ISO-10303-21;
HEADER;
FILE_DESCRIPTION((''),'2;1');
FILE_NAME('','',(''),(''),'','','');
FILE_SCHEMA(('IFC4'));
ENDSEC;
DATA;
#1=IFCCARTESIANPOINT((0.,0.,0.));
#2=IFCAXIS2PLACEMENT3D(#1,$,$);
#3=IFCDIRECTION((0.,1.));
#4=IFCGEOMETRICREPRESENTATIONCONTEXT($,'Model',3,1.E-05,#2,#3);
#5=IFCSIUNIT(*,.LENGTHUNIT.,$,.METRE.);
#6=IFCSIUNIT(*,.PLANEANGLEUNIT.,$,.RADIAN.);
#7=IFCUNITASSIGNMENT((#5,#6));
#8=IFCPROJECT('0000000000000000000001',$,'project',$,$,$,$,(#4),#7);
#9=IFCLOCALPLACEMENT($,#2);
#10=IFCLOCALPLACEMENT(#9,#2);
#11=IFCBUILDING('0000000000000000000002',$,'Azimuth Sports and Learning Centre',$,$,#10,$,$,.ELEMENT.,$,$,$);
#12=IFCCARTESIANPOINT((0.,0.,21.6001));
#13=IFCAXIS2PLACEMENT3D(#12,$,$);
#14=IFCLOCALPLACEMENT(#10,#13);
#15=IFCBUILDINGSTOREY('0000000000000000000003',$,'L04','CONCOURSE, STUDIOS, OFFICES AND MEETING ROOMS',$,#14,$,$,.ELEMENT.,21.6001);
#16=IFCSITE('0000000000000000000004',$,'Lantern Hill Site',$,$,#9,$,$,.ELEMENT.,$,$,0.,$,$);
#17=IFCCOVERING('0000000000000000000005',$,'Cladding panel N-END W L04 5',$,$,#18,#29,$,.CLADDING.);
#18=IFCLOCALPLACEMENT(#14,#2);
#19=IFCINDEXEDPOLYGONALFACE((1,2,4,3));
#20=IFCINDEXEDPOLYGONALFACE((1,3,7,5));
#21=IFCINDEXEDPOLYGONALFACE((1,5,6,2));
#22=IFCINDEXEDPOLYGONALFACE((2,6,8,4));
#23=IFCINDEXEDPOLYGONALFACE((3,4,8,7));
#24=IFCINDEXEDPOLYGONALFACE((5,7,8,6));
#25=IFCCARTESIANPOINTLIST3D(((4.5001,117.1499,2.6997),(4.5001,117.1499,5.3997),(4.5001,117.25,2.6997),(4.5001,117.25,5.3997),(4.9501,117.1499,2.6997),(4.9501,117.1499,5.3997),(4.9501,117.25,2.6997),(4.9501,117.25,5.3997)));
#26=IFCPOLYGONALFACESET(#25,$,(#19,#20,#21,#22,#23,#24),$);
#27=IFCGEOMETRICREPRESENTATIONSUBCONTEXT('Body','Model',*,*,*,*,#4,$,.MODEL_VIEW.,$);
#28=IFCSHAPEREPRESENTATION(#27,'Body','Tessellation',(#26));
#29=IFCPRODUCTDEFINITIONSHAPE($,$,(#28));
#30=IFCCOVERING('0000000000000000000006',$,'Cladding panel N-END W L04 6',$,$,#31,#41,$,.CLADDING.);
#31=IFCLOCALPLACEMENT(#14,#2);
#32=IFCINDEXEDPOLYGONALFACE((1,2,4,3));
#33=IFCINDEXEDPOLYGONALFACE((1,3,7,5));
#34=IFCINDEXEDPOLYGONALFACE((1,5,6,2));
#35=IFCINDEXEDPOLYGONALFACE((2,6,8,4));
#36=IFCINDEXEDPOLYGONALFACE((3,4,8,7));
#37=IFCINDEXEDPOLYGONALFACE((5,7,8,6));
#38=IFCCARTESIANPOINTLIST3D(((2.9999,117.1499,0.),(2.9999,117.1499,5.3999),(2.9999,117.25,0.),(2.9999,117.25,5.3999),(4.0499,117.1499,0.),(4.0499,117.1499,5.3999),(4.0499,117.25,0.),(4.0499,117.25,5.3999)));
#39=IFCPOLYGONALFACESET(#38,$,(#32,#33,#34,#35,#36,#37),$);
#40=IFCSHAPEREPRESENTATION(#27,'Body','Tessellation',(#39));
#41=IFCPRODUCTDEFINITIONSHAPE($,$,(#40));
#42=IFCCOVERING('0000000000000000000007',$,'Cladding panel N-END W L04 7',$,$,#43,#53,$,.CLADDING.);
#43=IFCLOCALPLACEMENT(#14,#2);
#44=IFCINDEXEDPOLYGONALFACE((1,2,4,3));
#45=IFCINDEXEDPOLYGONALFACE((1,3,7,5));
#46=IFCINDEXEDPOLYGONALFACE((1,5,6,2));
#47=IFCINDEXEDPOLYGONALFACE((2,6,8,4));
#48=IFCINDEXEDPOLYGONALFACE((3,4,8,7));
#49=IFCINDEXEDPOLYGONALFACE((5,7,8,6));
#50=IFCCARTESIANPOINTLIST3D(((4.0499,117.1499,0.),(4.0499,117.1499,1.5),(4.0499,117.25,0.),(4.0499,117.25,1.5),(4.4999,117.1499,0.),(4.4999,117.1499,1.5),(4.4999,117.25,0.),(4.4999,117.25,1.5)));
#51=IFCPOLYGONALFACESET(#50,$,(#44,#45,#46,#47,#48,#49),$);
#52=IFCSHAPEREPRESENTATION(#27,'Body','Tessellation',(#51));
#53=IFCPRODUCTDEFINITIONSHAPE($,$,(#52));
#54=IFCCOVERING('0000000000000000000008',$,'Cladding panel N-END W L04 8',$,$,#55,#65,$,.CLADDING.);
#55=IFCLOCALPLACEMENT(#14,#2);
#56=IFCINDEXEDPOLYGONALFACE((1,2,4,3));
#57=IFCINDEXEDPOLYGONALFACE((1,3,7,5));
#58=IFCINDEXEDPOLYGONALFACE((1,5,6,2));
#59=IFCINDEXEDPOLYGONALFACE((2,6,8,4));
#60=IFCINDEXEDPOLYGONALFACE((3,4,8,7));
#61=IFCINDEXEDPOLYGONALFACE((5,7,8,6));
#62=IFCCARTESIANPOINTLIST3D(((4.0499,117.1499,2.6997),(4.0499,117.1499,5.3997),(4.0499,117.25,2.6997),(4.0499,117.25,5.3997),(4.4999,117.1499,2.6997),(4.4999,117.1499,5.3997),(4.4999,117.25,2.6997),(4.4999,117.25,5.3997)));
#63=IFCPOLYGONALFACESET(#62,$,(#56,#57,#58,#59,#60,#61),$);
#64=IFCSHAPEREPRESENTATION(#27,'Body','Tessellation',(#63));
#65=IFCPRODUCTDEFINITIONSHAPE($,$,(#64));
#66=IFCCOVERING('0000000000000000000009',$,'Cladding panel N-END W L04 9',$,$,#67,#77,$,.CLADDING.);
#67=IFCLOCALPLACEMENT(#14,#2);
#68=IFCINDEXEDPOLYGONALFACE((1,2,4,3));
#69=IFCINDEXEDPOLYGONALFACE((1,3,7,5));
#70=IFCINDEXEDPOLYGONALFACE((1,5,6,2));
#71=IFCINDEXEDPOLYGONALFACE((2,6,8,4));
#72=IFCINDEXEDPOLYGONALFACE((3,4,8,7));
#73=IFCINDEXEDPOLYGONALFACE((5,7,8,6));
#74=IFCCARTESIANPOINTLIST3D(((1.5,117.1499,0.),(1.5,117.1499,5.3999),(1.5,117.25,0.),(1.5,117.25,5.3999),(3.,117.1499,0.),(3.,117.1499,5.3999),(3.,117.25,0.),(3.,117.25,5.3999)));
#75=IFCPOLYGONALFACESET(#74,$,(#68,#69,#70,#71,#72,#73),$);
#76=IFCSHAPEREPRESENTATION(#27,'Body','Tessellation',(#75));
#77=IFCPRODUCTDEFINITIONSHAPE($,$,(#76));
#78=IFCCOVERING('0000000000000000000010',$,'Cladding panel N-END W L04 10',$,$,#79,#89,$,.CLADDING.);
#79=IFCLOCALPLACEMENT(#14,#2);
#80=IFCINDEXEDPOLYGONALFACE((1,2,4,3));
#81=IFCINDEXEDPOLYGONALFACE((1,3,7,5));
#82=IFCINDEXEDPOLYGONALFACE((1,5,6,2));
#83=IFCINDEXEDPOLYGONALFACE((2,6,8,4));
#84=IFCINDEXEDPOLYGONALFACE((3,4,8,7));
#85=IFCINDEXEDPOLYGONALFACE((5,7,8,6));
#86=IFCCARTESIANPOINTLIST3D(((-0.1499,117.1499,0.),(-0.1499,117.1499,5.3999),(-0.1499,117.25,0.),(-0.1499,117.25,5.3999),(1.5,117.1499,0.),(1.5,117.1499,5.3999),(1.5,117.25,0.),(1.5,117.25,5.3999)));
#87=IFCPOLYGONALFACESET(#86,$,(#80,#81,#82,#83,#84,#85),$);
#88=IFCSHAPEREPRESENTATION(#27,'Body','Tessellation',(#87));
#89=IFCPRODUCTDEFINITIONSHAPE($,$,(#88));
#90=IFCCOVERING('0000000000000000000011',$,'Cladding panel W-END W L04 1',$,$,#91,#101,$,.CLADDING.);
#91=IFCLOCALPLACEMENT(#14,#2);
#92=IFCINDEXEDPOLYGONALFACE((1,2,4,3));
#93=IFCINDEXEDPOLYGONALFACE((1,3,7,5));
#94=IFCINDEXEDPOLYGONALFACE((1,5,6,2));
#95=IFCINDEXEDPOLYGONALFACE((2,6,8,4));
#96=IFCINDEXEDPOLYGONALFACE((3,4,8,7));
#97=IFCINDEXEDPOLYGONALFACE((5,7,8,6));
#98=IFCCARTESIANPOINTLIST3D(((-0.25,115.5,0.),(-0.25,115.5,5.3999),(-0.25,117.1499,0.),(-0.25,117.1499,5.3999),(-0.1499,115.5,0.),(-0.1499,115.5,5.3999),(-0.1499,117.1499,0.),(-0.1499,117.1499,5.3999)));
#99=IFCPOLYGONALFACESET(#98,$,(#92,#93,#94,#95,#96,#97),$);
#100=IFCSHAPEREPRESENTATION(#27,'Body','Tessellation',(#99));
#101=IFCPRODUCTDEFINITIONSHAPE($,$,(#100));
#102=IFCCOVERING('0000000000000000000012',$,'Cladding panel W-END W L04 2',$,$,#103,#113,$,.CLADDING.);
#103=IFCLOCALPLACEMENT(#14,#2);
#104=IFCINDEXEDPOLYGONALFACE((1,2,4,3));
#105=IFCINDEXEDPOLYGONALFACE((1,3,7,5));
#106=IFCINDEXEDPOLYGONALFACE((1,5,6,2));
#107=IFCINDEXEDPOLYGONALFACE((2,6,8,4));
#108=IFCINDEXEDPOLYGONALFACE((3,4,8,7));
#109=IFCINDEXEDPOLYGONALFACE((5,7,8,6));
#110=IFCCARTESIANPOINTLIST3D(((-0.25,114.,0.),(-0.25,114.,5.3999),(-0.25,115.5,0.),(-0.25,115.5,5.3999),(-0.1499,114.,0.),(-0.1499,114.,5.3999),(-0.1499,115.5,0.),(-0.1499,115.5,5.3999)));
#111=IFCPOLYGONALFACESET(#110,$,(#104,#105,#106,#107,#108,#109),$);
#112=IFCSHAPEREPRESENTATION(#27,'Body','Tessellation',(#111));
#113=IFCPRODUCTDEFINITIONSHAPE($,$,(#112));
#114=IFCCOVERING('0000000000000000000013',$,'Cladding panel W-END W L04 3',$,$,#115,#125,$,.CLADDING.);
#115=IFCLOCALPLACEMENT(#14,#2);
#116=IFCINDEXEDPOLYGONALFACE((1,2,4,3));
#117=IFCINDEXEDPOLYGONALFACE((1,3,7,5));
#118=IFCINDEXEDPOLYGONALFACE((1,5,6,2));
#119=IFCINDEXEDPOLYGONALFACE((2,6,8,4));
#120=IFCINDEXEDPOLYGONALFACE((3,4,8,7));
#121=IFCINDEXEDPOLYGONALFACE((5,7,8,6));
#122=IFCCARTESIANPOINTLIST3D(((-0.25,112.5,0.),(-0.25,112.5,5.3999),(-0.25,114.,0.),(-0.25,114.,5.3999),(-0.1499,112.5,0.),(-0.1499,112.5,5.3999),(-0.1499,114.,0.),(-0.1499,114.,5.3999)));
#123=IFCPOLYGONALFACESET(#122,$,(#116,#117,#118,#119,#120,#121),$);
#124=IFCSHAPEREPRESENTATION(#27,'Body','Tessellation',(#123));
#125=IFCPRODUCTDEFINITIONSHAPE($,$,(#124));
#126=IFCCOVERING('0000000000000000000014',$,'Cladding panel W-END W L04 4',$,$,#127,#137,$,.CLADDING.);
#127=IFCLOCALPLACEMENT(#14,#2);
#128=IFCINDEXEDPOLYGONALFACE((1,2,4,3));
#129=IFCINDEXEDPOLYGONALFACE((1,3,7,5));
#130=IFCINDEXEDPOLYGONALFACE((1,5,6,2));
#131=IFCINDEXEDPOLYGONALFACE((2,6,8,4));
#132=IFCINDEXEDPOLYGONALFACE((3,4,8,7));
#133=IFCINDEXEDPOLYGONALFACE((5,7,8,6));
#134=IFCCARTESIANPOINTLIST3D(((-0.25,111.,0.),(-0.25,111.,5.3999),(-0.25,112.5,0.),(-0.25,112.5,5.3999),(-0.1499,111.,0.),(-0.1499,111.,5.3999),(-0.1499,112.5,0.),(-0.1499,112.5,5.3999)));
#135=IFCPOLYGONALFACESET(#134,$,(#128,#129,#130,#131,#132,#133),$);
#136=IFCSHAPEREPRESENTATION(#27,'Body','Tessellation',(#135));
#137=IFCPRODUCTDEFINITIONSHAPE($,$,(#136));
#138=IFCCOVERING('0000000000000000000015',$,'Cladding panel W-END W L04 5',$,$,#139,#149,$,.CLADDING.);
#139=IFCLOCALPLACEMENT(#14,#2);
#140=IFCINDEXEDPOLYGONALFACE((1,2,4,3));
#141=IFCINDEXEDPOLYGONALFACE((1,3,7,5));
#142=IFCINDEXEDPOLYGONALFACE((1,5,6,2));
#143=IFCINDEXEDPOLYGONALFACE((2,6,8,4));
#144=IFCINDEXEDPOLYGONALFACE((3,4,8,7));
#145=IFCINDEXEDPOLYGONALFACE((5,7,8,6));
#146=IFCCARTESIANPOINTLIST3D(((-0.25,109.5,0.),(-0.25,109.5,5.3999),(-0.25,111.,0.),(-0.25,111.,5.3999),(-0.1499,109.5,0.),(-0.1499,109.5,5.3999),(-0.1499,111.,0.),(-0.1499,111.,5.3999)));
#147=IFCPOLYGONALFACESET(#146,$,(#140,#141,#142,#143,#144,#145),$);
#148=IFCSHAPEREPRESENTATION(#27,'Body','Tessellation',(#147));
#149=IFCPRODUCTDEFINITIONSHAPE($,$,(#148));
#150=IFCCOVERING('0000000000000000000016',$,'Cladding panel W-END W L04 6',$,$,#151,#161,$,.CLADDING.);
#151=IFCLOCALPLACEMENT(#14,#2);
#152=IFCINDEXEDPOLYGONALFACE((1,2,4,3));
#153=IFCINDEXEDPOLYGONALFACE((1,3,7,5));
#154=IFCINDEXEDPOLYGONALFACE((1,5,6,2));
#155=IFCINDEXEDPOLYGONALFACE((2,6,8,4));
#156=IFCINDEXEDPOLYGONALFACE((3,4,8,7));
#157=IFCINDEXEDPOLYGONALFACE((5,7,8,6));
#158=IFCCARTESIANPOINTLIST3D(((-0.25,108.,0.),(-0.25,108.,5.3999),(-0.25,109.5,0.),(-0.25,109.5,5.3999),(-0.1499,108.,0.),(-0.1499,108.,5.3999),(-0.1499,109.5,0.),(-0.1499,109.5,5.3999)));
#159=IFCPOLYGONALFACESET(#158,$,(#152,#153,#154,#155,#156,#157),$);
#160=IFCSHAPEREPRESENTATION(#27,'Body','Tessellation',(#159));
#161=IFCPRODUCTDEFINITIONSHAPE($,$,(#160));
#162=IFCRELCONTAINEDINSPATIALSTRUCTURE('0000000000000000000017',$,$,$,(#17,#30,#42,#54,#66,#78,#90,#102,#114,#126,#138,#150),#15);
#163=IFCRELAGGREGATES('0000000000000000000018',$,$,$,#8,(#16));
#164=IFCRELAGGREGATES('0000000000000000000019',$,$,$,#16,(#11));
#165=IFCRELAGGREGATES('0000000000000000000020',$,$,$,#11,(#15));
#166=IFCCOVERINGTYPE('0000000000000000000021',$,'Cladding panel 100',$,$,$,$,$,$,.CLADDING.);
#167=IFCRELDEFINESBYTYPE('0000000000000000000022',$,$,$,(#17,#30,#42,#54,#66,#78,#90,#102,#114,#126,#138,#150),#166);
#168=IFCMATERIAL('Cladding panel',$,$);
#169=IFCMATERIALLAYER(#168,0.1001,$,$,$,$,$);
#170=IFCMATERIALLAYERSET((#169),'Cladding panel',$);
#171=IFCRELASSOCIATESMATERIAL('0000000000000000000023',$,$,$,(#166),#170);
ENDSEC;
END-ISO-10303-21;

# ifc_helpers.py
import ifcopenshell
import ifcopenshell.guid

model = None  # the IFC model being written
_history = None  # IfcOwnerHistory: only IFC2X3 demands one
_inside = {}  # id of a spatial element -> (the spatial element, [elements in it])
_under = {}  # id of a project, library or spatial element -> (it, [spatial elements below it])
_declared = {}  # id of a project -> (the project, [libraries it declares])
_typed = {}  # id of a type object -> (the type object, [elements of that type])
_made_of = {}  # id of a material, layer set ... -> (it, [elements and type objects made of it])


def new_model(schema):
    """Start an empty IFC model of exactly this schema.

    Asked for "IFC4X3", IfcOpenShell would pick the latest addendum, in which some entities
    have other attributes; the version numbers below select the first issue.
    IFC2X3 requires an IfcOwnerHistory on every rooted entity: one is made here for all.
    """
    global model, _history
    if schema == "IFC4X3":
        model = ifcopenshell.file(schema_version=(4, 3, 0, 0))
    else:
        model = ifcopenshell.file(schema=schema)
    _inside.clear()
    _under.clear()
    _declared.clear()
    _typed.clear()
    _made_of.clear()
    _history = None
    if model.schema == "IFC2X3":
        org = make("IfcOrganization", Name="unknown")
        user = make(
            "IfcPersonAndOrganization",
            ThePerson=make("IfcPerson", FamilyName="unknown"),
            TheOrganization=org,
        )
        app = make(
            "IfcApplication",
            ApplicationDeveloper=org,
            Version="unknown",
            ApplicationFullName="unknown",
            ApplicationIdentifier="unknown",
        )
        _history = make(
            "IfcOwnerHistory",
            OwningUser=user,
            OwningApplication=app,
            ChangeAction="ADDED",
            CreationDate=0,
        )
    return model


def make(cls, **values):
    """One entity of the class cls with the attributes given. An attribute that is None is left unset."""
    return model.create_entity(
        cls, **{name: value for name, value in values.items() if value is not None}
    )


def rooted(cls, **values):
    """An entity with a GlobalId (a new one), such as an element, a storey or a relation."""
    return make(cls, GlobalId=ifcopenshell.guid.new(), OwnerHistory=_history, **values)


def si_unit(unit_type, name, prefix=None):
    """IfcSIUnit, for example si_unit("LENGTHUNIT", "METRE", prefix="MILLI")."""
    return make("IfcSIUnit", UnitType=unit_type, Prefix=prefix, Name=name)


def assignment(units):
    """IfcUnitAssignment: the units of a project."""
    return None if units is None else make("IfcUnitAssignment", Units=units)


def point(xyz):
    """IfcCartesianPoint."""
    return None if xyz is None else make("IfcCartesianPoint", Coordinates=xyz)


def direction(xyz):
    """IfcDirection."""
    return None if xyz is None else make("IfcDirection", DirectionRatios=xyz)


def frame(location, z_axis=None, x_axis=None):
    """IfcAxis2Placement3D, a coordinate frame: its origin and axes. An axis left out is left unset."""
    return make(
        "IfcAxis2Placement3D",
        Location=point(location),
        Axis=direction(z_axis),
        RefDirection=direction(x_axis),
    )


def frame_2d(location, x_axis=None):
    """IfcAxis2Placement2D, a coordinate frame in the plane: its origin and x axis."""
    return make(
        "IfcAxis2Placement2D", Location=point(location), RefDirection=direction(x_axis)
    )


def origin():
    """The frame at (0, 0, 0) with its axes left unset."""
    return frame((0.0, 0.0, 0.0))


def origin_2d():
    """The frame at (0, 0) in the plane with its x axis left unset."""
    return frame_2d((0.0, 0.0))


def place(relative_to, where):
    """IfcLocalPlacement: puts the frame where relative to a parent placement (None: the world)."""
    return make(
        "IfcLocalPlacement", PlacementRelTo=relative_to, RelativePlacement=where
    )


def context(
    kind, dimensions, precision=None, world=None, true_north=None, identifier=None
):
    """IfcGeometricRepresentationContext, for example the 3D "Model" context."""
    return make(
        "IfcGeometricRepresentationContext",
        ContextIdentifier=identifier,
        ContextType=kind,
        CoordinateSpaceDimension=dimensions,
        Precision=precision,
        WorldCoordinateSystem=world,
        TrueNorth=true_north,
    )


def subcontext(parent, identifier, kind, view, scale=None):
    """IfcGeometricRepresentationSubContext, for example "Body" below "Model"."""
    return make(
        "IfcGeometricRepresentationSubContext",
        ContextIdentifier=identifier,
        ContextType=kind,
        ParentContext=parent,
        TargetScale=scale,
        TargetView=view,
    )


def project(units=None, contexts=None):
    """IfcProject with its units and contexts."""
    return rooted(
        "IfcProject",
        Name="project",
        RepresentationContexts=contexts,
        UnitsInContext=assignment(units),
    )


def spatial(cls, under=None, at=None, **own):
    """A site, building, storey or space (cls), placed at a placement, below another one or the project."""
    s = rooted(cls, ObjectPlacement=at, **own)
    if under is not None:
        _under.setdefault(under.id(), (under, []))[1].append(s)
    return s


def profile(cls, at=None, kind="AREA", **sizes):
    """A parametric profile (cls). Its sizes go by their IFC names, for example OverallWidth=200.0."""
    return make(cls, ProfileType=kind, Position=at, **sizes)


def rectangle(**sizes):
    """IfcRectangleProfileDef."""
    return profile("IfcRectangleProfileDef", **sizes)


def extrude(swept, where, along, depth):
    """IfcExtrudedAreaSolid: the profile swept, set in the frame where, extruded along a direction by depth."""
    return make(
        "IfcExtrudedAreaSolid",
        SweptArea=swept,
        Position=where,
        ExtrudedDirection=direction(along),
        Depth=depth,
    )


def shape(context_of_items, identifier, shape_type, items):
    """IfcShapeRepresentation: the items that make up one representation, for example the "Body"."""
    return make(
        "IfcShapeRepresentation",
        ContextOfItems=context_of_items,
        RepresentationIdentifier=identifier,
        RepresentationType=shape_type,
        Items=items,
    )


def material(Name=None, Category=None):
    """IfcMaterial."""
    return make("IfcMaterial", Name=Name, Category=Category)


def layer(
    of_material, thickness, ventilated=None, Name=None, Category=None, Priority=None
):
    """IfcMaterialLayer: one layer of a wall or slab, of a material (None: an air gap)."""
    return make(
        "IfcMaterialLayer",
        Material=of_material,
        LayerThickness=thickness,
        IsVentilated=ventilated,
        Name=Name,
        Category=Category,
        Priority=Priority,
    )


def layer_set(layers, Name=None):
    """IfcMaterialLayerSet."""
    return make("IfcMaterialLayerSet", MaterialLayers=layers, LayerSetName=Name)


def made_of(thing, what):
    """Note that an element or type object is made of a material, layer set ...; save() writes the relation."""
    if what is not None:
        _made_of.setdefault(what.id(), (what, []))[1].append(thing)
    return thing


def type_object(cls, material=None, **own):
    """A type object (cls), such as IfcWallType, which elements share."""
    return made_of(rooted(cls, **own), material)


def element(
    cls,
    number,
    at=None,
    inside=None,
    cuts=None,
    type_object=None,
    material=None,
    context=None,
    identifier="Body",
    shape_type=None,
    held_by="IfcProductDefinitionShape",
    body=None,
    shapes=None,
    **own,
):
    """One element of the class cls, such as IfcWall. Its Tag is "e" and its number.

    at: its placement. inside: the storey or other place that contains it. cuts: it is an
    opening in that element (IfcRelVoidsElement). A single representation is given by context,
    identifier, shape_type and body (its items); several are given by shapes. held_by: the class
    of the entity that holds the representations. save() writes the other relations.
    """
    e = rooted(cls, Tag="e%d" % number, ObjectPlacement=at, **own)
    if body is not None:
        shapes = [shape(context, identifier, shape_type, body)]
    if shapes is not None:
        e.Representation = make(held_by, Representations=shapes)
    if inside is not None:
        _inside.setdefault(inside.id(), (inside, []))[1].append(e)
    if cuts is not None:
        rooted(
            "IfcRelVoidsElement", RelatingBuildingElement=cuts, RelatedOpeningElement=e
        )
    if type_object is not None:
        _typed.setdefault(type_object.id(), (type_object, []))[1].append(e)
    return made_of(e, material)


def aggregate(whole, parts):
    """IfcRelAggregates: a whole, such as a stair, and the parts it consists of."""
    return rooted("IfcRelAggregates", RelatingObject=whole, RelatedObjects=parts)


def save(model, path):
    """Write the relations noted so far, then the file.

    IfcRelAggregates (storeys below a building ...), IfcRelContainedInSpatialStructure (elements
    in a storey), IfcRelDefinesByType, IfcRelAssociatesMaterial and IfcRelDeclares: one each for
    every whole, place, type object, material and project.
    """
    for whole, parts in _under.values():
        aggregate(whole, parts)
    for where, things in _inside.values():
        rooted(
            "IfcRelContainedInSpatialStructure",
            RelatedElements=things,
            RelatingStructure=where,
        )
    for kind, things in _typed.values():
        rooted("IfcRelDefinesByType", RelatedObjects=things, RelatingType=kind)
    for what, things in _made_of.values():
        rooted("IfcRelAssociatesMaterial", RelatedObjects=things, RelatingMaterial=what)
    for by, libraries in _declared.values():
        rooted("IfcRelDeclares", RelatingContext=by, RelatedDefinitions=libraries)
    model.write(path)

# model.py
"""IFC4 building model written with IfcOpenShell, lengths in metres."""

from ifc_helpers import new_model, si_unit, direction, frame, origin, origin_2d, place, context, subcontext, project, spatial, rectangle, extrude, material, layer, layer_set, type_object, element, save


model = new_model("IFC4")

# Units and contexts
model_context = context("Model", 3, precision=1e-05, world=origin(), true_north=direction((0.0, 1.0)))
body_context = subcontext(model_context, "Body", "Model", "MODEL_VIEW")
ifc_project = project(units=[si_unit("LENGTHUNIT", "METRE"), si_unit("PLANEANGLEUNIT", "RADIAN")], contexts=[model_context])

# Site, building, storey
site_placement = place(None, origin())
site = spatial("IfcSite", under=ifc_project, at=site_placement, Name="Lantern Hill Site", CompositionType="ELEMENT", RefElevation=0.0)
building_placement = place(site_placement, origin())
building = spatial("IfcBuilding", under=site, at=building_placement, Name="Azimuth Sports and Learning Centre", CompositionType="ELEMENT")
storey_placement = place(building_placement, frame((0.0, 0.0, 21.6001)))
storey = spatial("IfcBuildingStorey", under=building, at=storey_placement, Name="L04", Description="CONCOURSE, STUDIOS, OFFICES AND MEETING ROOMS", CompositionType="ELEMENT", Elevation=21.6001)

# Coverings
ifc_material_1 = material(Name="Cladding panel")
ifc_layer_1 = layer(ifc_material_1, 0.1001)
ifc_layer_set_1 = layer_set([ifc_layer_1], Name="Cladding panel")
covering_type = type_object("IfcCoveringType", Name="Cladding panel 100", PredefinedType="CLADDING", material=ifc_layer_set_1)
covering_1_placement = place(storey_placement, frame((4.7251, 117.2, 2.6997), z_axis=(0.0, 0.0, 1.0), x_axis=(-1.0, 0.0, 0.0)))
element("IfcCovering", 1, at=covering_1_placement, inside=storey, type_object=covering_type, Name="Cladding panel N-END W L04 5", PredefinedType="CLADDING", context=body_context, shape_type="SweptSolid", body=[
    extrude(rectangle(XDim=0.45, YDim=0.1001, at=origin_2d()), origin(), (0.0, 0.0, 1.0), 2.7),
])
covering_2_placement = place(storey_placement, frame((3.5249, 117.2, 0.0), z_axis=(0.0, 0.0, 1.0), x_axis=(-1.0, 0.0, 0.0)))
element("IfcCovering", 2, at=covering_2_placement, inside=storey, type_object=covering_type, Name="Cladding panel N-END W L04 6", PredefinedType="CLADDING", context=body_context, shape_type="SweptSolid", body=[
    extrude(rectangle(XDim=1.05, YDim=0.1001, at=origin_2d()), origin(), (0.0, 0.0, 1.0), 5.3999),
])
covering_3_placement = place(storey_placement, frame((4.2749, 117.2, 0.0), z_axis=(0.0, 0.0, 1.0), x_axis=(-1.0, 0.0, 0.0)))
element("IfcCovering", 3, at=covering_3_placement, inside=storey, type_object=covering_type, Name="Cladding panel N-END W L04 7", PredefinedType="CLADDING", context=body_context, shape_type="SweptSolid", body=[
    extrude(rectangle(XDim=0.45, YDim=0.1001, at=origin_2d()), origin(), (0.0, 0.0, 1.0), 1.5),
])
covering_4_placement = place(storey_placement, frame((4.2749, 117.2, 2.6997), z_axis=(0.0, 0.0, 1.0), x_axis=(-1.0, 0.0, 0.0)))
element("IfcCovering", 4, at=covering_4_placement, inside=storey, type_object=covering_type, Name="Cladding panel N-END W L04 8", PredefinedType="CLADDING", context=body_context, shape_type="SweptSolid", body=[
    extrude(rectangle(XDim=0.45, YDim=0.1001, at=origin_2d()), origin(), (0.0, 0.0, 1.0), 2.7),
])
covering_5_placement = place(storey_placement, frame((2.25, 117.2, 0.0), z_axis=(0.0, 0.0, 1.0), x_axis=(-1.0, 0.0, 0.0)))
element("IfcCovering", 5, at=covering_5_placement, inside=storey, type_object=covering_type, Name="Cladding panel N-END W L04 9", PredefinedType="CLADDING", context=body_context, shape_type="SweptSolid", body=[
    extrude(rectangle(XDim=1.5, YDim=0.1001, at=origin_2d()), origin(), (0.0, 0.0, 1.0), 5.3999),
])
for number, where, z_axis, x_axis, name in (
    (6, (0.675, 117.2, 0.0), (0.0, 0.0, 1.0), (-1.0, 0.0, 0.0), "Cladding panel N-END W L04 10"),
    (7, (-0.2, 116.325, 0.0), (0.0, 0.0, 1.0), (0.0, -1.0, 0.0), "Cladding panel W-END W L04 1"),
):
    element("IfcCovering", number, at=place(storey_placement, frame(where, z_axis=z_axis, x_axis=x_axis)), inside=storey, type_object=covering_type, Name=name, PredefinedType="CLADDING", context=body_context, shape_type="SweptSolid", body=[
        extrude(rectangle(XDim=1.6499, YDim=0.1001, at=origin_2d()), origin(), (0.0, 0.0, 1.0), 5.3999),
    ])
for number, where, z_axis, x_axis, name in (
    (8, (-0.2, 114.75, 0.0), (0.0, 0.0, 1.0), (0.0, -1.0, 0.0), "Cladding panel W-END W L04 2"),
    (9, (-0.2, 113.25, 0.0), (0.0, 0.0, 1.0), (0.0, -1.0, 0.0), "Cladding panel W-END W L04 3"),
    (10, (-0.2, 111.75, 0.0), (0.0, 0.0, 1.0), (0.0, -1.0, 0.0), "Cladding panel W-END W L04 4"),
    (11, (-0.2, 110.25, 0.0), (0.0, 0.0, 1.0), (0.0, -1.0, 0.0), "Cladding panel W-END W L04 5"),
    (12, (-0.2, 108.75, 0.0), (0.0, 0.0, 1.0), (0.0, -1.0, 0.0), "Cladding panel W-END W L04 6"),
):
    element("IfcCovering", number, at=place(storey_placement, frame(where, z_axis=z_axis, x_axis=x_axis)), inside=storey, type_object=covering_type, Name=name, PredefinedType="CLADDING", context=body_context, shape_type="SweptSolid", body=[
        extrude(rectangle(XDim=1.5, YDim=0.1001, at=origin_2d()), origin(), (0.0, 0.0, 1.0), 5.3999),
    ])

save(model, "model.ifc")
